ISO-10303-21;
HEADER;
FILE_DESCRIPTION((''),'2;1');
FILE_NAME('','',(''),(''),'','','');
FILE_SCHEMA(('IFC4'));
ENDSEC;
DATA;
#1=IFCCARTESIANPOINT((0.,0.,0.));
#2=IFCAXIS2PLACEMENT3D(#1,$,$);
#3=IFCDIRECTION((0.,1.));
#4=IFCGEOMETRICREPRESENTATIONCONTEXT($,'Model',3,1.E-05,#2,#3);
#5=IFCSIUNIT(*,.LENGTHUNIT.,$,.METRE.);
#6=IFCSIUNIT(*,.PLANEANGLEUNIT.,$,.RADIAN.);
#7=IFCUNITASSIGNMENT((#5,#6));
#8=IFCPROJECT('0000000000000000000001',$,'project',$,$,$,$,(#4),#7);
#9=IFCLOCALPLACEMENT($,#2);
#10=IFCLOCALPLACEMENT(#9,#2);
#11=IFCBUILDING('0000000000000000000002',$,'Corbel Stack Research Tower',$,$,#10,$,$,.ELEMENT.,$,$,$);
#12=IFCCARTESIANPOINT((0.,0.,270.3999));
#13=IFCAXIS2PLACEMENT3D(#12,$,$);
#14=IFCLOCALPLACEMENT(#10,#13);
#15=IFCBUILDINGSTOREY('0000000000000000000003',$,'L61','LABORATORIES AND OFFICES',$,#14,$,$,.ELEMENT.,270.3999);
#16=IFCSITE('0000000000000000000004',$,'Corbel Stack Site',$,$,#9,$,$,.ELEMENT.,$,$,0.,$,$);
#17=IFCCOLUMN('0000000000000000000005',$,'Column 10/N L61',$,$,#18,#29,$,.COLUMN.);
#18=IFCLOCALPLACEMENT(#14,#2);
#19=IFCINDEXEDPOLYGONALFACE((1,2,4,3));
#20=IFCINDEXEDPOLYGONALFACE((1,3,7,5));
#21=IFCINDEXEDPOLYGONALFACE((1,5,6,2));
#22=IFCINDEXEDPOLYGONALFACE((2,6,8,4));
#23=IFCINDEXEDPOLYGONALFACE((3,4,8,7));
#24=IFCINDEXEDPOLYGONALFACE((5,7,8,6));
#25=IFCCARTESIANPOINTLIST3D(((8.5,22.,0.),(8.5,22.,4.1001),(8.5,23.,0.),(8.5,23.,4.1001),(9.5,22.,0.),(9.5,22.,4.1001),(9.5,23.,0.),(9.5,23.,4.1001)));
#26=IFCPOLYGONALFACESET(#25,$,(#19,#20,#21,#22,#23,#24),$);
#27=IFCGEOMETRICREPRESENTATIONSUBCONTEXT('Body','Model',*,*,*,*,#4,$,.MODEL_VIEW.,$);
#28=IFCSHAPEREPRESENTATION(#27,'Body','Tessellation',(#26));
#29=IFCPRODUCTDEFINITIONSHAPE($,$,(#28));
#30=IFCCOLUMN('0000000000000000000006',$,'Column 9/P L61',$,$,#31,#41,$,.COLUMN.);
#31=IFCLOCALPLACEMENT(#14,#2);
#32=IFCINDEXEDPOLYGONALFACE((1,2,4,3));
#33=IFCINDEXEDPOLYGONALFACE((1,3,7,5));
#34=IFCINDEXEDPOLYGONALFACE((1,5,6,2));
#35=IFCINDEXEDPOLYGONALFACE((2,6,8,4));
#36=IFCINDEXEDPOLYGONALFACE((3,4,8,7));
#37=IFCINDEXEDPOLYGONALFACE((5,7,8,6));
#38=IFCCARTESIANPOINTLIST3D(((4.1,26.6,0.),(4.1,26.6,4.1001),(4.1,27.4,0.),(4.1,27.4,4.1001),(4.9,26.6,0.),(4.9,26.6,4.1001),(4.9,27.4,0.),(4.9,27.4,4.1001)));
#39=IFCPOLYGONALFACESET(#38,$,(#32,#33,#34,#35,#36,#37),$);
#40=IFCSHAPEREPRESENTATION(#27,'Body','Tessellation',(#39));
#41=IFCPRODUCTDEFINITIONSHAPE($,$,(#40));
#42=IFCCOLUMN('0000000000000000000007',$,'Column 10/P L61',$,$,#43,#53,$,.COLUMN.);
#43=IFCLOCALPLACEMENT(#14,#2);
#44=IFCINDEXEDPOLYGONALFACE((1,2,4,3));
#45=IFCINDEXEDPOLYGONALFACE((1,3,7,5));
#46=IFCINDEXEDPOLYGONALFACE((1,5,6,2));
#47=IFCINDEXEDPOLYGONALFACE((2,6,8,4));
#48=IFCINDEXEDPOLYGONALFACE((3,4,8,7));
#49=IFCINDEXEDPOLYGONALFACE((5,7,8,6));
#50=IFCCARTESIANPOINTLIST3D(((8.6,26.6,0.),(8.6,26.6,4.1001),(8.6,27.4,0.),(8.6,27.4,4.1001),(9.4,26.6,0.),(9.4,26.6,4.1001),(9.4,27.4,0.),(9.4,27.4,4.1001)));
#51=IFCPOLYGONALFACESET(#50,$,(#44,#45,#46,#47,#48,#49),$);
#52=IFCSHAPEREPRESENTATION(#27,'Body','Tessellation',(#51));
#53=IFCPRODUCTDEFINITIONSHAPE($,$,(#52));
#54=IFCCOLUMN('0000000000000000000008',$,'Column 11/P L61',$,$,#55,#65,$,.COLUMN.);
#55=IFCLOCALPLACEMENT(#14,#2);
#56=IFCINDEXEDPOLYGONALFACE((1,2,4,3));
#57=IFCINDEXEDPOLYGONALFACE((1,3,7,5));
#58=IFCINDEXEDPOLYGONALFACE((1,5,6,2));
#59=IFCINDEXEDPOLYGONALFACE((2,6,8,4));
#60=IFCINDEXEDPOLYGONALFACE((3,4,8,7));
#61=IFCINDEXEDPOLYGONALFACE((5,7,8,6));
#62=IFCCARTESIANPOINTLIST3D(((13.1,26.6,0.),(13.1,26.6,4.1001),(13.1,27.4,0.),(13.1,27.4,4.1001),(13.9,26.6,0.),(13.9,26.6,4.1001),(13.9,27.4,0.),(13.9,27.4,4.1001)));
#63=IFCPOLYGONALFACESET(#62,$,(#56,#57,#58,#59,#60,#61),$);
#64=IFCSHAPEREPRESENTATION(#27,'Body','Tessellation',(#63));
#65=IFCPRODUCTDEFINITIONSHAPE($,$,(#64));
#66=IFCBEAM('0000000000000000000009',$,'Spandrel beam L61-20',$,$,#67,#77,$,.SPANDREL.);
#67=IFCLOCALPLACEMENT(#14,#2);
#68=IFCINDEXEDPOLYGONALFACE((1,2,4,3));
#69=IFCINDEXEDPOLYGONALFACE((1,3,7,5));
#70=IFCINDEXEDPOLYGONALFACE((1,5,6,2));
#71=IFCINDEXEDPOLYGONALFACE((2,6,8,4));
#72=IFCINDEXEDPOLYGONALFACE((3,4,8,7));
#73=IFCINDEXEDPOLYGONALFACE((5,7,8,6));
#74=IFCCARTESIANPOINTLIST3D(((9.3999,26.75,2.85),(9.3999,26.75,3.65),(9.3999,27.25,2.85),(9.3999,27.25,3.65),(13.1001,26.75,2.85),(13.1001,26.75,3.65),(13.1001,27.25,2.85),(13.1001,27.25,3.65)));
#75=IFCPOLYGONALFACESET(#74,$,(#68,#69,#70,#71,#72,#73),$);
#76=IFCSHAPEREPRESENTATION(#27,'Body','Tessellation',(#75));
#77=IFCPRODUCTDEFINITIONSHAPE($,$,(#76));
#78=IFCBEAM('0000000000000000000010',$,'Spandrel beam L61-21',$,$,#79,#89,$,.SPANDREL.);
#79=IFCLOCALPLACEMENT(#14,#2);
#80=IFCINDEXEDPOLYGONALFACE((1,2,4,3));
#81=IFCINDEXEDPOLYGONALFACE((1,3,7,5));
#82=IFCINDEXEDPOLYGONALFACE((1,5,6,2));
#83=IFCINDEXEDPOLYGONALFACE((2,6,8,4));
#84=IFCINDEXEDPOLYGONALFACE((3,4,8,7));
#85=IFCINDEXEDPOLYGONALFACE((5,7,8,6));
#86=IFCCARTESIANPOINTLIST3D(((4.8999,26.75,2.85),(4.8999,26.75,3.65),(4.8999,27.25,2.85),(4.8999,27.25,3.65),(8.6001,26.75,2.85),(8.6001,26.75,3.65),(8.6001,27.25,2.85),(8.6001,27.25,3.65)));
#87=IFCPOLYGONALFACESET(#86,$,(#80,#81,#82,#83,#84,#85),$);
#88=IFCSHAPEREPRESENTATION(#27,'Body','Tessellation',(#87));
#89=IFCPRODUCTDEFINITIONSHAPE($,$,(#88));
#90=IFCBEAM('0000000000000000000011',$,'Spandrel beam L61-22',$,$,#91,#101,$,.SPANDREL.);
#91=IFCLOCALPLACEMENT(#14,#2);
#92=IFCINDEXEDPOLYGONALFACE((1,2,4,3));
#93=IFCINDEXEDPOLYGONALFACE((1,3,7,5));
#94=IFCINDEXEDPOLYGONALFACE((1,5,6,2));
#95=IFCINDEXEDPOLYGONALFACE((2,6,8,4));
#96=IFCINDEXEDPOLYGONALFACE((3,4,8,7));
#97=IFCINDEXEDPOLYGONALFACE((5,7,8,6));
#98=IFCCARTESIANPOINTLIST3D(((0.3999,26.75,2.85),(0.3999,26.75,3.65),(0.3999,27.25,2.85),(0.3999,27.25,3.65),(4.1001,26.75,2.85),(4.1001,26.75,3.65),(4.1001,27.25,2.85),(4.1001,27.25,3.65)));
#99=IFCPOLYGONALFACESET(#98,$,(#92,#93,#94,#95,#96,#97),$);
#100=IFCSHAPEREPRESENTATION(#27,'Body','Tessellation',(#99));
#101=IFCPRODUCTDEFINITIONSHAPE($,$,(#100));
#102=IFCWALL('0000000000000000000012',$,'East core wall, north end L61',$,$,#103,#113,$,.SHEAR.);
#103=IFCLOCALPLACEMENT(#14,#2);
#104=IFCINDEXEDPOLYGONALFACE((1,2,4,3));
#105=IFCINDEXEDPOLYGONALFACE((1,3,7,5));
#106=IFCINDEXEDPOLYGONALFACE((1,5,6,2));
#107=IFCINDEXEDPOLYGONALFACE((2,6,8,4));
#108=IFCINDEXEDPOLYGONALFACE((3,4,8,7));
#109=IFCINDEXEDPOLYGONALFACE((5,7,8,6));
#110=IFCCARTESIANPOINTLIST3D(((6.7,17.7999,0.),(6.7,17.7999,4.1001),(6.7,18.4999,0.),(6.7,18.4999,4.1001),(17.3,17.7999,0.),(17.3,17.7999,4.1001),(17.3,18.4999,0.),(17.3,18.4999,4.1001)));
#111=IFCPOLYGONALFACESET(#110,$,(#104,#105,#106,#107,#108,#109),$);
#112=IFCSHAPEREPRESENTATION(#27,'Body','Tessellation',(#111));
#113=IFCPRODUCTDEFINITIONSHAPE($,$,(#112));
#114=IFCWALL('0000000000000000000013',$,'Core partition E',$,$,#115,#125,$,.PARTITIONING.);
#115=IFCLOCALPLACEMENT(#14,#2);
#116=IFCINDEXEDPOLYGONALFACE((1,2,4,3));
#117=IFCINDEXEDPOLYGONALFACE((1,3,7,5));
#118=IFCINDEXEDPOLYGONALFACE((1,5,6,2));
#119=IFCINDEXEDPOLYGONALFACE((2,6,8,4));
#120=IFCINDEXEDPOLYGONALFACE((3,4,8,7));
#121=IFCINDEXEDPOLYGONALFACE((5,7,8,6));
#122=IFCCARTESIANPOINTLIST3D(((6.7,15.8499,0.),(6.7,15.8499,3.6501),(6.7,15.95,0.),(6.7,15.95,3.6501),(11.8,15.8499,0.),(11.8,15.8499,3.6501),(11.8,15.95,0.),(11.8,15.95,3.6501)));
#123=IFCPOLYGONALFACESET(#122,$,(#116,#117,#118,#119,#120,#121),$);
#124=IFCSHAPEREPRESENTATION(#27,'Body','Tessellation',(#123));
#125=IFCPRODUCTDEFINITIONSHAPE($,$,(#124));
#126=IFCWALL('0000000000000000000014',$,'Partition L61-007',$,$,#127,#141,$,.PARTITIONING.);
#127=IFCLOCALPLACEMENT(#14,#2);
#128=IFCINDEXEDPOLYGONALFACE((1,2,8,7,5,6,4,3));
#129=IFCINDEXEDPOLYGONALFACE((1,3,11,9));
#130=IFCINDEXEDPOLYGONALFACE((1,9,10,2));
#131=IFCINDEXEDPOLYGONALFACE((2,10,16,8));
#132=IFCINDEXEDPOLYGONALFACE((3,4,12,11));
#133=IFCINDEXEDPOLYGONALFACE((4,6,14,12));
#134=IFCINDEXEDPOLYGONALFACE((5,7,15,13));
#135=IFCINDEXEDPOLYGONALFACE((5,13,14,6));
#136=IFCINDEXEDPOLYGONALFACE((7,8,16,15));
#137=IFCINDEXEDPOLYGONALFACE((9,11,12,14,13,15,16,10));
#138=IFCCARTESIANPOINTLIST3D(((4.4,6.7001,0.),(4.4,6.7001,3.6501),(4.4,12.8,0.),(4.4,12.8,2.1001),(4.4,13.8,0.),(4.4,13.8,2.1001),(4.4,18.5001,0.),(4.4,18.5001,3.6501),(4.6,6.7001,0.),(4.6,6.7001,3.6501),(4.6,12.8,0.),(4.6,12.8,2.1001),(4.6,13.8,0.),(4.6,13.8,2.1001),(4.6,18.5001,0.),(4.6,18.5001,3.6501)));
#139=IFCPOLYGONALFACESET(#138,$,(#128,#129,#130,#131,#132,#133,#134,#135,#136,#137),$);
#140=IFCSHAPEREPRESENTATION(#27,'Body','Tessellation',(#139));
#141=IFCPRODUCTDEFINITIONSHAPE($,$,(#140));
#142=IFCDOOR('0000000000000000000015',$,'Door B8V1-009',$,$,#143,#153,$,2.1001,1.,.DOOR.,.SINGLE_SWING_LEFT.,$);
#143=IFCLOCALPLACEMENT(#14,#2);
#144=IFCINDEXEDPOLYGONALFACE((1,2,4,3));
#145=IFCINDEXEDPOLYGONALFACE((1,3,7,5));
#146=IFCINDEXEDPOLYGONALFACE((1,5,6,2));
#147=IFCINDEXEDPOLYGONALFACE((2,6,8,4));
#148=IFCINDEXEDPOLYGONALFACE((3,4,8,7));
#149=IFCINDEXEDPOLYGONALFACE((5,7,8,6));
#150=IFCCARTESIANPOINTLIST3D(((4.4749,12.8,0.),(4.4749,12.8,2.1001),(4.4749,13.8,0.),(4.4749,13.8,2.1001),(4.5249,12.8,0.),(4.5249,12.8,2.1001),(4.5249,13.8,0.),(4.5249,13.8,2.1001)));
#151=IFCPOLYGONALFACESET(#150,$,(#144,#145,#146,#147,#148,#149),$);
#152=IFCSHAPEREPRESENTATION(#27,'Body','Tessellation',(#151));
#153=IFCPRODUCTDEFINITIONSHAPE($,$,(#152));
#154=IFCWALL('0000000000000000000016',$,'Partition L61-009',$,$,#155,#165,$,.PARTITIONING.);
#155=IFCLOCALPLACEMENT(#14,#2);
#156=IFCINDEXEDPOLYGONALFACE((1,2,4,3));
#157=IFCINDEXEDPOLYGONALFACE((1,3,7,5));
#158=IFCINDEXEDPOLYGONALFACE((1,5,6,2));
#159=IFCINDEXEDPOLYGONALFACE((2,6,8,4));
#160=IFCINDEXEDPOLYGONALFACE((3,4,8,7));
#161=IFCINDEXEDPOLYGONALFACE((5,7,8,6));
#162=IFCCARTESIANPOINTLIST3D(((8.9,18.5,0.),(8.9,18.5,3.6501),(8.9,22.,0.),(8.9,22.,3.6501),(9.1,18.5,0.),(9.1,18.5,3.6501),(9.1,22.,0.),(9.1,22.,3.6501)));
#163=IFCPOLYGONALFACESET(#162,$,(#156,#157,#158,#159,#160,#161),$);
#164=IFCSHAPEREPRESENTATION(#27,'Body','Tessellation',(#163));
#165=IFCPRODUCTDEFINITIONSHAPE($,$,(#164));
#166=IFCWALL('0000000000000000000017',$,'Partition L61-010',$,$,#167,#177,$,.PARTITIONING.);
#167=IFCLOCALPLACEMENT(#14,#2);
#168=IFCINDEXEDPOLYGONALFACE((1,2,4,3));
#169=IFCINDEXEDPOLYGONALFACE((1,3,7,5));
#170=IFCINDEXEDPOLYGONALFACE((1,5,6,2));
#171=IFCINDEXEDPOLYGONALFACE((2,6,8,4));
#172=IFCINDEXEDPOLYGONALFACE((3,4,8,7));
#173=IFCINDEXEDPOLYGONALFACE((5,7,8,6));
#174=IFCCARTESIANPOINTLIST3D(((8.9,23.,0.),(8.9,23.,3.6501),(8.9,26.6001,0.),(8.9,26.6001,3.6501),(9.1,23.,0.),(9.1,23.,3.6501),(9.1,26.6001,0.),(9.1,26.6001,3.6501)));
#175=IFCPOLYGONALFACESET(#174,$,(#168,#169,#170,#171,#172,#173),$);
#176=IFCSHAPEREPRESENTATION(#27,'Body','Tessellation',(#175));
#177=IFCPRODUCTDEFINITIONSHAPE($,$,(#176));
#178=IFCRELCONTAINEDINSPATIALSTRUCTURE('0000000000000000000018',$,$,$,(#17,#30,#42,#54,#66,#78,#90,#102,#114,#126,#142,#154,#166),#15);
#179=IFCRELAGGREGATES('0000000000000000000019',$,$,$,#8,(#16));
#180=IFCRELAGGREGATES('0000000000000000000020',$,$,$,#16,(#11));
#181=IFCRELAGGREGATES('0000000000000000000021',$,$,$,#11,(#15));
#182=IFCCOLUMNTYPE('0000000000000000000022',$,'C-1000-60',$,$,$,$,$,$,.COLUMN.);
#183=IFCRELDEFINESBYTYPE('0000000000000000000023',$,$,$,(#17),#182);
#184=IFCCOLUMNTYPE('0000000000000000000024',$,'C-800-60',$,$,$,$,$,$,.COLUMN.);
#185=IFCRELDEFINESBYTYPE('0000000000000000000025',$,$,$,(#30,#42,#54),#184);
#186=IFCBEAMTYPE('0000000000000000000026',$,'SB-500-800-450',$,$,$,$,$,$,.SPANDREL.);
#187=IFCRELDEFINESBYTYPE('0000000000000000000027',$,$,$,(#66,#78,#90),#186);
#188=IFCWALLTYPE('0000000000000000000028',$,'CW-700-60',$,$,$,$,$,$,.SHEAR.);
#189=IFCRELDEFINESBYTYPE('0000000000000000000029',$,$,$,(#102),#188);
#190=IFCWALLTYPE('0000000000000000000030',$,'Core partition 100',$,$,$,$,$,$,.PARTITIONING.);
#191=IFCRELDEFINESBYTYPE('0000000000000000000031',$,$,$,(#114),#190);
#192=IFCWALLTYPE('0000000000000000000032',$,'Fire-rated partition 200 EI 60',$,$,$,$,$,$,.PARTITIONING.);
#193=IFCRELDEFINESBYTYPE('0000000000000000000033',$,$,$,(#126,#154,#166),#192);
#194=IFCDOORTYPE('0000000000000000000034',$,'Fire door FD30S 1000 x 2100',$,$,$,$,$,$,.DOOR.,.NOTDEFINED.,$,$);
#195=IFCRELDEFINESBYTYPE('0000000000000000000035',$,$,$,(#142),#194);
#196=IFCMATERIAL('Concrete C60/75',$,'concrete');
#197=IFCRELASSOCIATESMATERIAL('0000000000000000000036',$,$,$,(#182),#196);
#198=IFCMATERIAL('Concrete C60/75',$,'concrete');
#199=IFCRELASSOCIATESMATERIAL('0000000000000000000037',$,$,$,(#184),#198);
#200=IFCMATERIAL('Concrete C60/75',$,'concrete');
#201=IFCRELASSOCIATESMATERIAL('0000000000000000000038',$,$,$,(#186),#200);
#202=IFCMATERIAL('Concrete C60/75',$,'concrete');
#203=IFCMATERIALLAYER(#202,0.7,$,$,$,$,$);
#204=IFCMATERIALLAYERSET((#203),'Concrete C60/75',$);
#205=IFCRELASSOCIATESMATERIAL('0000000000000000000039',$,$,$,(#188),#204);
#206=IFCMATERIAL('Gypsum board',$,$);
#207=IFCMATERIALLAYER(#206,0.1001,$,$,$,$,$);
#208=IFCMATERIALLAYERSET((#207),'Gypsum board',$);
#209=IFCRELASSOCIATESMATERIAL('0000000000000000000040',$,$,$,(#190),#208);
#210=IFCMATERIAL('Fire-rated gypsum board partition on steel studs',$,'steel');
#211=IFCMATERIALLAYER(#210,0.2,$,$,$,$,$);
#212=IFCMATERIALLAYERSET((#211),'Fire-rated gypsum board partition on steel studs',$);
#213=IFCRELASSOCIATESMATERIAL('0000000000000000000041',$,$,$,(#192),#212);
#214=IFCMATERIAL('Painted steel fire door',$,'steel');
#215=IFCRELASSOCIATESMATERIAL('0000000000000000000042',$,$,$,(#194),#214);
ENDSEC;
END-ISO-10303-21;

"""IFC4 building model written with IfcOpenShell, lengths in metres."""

from ifc_helpers import new_model, si_unit, direction, frame, frame_2d, origin, origin_2d, place, context, subcontext, project, spatial, rectangle, extrude, material, layer, layer_set, material_profile, profile_set, type_object, element, fill, save


model = new_model("IFC4")

# Units and contexts
model_context = context("Model", 3, precision=1e-05, world=origin(), true_north=direction((0.0, 1.0)))
body_context = subcontext(model_context, "Body", "Model", "MODEL_VIEW")
ifc_project = project(units=[si_unit("LENGTHUNIT", "METRE"), si_unit("PLANEANGLEUNIT", "RADIAN")], contexts=[model_context])

# Site, building, storey
site_placement = place(None, origin())
site = spatial("IfcSite", under=ifc_project, at=site_placement, Name="Corbel Stack Site", CompositionType="ELEMENT", RefElevation=0.0)
building_placement = place(site_placement, origin())
building = spatial("IfcBuilding", under=site, at=building_placement, Name="Corbel Stack Research Tower", CompositionType="ELEMENT")
storey_placement = place(building_placement, frame((0.0, 0.0, 270.3999)))
storey = spatial("IfcBuildingStorey", under=building, at=storey_placement, Name="L61", Description="LABORATORIES AND OFFICES", CompositionType="ELEMENT", Elevation=270.3999)

# Columns
ifc_material_1 = material(Name="Concrete C60/75", Category="concrete")
ifc_material_profile_1 = material_profile(ifc_material_1, rectangle(XDim=1.0, YDim=1.0, at=origin_2d()), Name="RC 1000 x 1000")
ifc_profile_set_1 = profile_set([ifc_material_profile_1], Name="Concrete C60/75")
column_type_1 = type_object("IfcColumnType", Name="C-1000-60", PredefinedType="COLUMN", material=ifc_profile_set_1)
column_placement = place(storey_placement, frame((9.0, 22.5, 0.0), z_axis=(0.0, 0.0, 1.0), x_axis=(1.0, 0.0, 0.0)))
element("IfcColumn", 1, at=column_placement, inside=storey, type_object=column_type_1, Name="Column 10/N L61", PredefinedType="COLUMN", context=body_context, shape_type="SweptSolid", body=[
    extrude(rectangle(XDim=1.0, YDim=1.0, at=origin_2d()), origin(), (0.0, 0.0, 1.0), 4.1001),
])
ifc_material_2 = material(Name="Concrete C60/75", Category="concrete")
ifc_material_profile_2 = material_profile(ifc_material_2, rectangle(XDim=0.8, YDim=0.8, at=origin_2d()), Name="RC 800 x 800")
ifc_profile_set_2 = profile_set([ifc_material_profile_2], Name="Concrete C60/75")
column_type_2 = type_object("IfcColumnType", Name="C-800-60", PredefinedType="COLUMN", material=ifc_profile_set_2)
for number, where, z_axis, x_axis, name in (
    (2, (4.5, 27.0, 0.0), (0.0, 0.0, 1.0), (1.0, 0.0, 0.0), "Column 9/P L61"),
    (3, (9.0, 27.0, 0.0), (0.0, 0.0, 1.0), (1.0, 0.0, 0.0), "Column 10/P L61"),
    (4, (13.5, 27.0, 0.0), (0.0, 0.0, 1.0), (1.0, 0.0, 0.0), "Column 11/P L61"),
):
    element("IfcColumn", number, at=place(storey_placement, frame(where, z_axis=z_axis, x_axis=x_axis)), inside=storey, type_object=column_type_2, Name=name, PredefinedType="COLUMN", context=body_context, shape_type="SweptSolid", body=[
        extrude(rectangle(XDim=0.8, YDim=0.8, at=origin_2d()), origin(), (0.0, 0.0, 1.0), 4.1001),
    ])

# Beams
ifc_material_3 = material(Name="Concrete C60/75", Category="concrete")
ifc_material_profile_3 = material_profile(ifc_material_3, rectangle(XDim=0.5, YDim=0.8, at=origin_2d()), Name="RC 500 x 800")
ifc_profile_set_3 = profile_set([ifc_material_profile_3], Name="Concrete C60/75")
beam_type = type_object("IfcBeamType", Name="SB-500-800-450", PredefinedType="SPANDREL", material=ifc_profile_set_3)
for number, where, z_axis, x_axis, name in (
    (5, (13.1001, 27.0, 3.25), (-1.0, 0.0, 0.0), (0.0, -1.0, 0.0), "Spandrel beam L61-20"),
    (6, (8.6001, 27.0, 3.25), (-1.0, 0.0, 0.0), (0.0, -1.0, 0.0), "Spandrel beam L61-21"),
    (7, (4.1001, 27.0, 3.25), (-1.0, 0.0, 0.0), (0.0, -1.0, 0.0), "Spandrel beam L61-22"),
):
    element("IfcBeam", number, at=place(storey_placement, frame(where, z_axis=z_axis, x_axis=x_axis)), inside=storey, type_object=beam_type, Name=name, PredefinedType="SPANDREL", context=body_context, shape_type="SweptSolid", body=[
        extrude(rectangle(XDim=0.5, YDim=0.8, at=origin_2d()), origin(), (0.0, 0.0, 1.0), 3.7002),
    ])

# Walls
ifc_material_4 = material(Name="Concrete C60/75", Category="concrete")
ifc_layer_1 = layer(ifc_material_4, 0.7)
ifc_layer_set_1 = layer_set([ifc_layer_1], Name="Concrete C60/75")
wall_type_1 = type_object("IfcWallType", Name="CW-700-60", PredefinedType="SHEAR", material=ifc_layer_set_1)
wall_1_placement = place(storey_placement, frame((6.7, 18.1499, 0.0), z_axis=(0.0, 0.0, 1.0), x_axis=(1.0, 0.0, 0.0)))
element("IfcWall", 8, at=wall_1_placement, inside=storey, type_object=wall_type_1, Name="East core wall, north end L61", PredefinedType="SHEAR", context=body_context, shape_type="SweptSolid", body=[
    extrude(rectangle(XDim=10.6001, YDim=0.7, at=frame_2d((5.3, 0.0))), origin(), (0.0, 0.0, 1.0), 4.1001),
])
ifc_material_5 = material(Name="Gypsum board")
ifc_layer_2 = layer(ifc_material_5, 0.1001)
ifc_layer_set_2 = layer_set([ifc_layer_2], Name="Gypsum board")
wall_type_2 = type_object("IfcWallType", Name="Core partition 100", PredefinedType="PARTITIONING", material=ifc_layer_set_2)
wall_2_placement = place(storey_placement, frame((6.7, 15.8999, 0.0), z_axis=(0.0, 0.0, 1.0), x_axis=(1.0, 0.0, 0.0)))
element("IfcWall", 9, at=wall_2_placement, inside=storey, type_object=wall_type_2, Name="Core partition E", PredefinedType="PARTITIONING", context=body_context, shape_type="SweptSolid", body=[
    extrude(rectangle(XDim=5.1001, YDim=0.1001, at=frame_2d((2.55, 0.0))), origin(), (0.0, 0.0, 1.0), 3.6501),
])

# Wall, opening, door
ifc_material_6 = material(Name="Fire-rated gypsum board partition on steel studs", Category="steel")
ifc_layer_3 = layer(ifc_material_6, 0.2)
ifc_layer_set_3 = layer_set([ifc_layer_3], Name="Fire-rated gypsum board partition on steel studs")
wall_type_3 = type_object("IfcWallType", Name="Fire-rated partition 200 EI 60", PredefinedType="PARTITIONING", material=ifc_layer_set_3)
wall_3_placement = place(storey_placement, frame((4.5, 18.5, 0.0), z_axis=(0.0, 0.0, 1.0), x_axis=(0.0, -1.0, 0.0)))
wall_3 = element("IfcWall", 10, at=wall_3_placement, inside=storey, type_object=wall_type_3, Name="Partition L61-007", PredefinedType="PARTITIONING", context=body_context, shape_type="SweptSolid", body=[
    extrude(rectangle(XDim=11.8, YDim=0.2, at=frame_2d((5.8999, 0.0))), origin(), (0.0, 0.0, 1.0), 3.6501),
])
opening_1_placement = place(wall_3_placement, frame((4.7, 0.0, 0.0)))
opening_1 = element("IfcOpeningElement", 11, at=opening_1_placement, cuts=wall_3, PredefinedType="OPENING", context=body_context, shape_type="SweptSolid", body=[
    extrude(rectangle(XDim=1.0, YDim=2.1001, at=frame_2d((0.5, 1.05))), frame((0.0, 0.1099, 0.0), z_axis=(0.0, -1.0, 0.0), x_axis=(1.0, 0.0, 0.0)), (0.0, 0.0, 1.0), 0.22),
])
ifc_material_7 = material(Name="Painted steel fire door", Category="steel")
door_type_1 = type_object("IfcDoorType", Name="Fire door FD30S 1000 x 2100", OperationType="NOTDEFINED", PredefinedType="DOOR", material=ifc_material_7)
door_1_placement = place(opening_1_placement, origin())
door_1 = element("IfcDoor", 12, at=door_1_placement, inside=storey, type_object=door_type_1, Name="Door B8V1-009", OperationType="SINGLE_SWING_LEFT", OverallHeight=2.1001, OverallWidth=1.0, PredefinedType="DOOR", context=body_context, shape_type="SweptSolid", body=[
    extrude(rectangle(XDim=1.0, YDim=2.1001, at=frame_2d((0.5, 1.05))), frame((0.0, 0.0249, 0.0), z_axis=(0.0, -1.0, 0.0), x_axis=(1.0, 0.0, 0.0)), (0.0, 0.0, 1.0), 0.05),
])
fill(opening_1, door_1)

# Walls
wall_4_placement = place(storey_placement, frame((9.0, 18.5, 0.0), z_axis=(0.0, 0.0, 1.0), x_axis=(0.0, 1.0, 0.0)))
element("IfcWall", 13, at=wall_4_placement, inside=storey, type_object=wall_type_3, Name="Partition L61-009", PredefinedType="PARTITIONING", context=body_context, shape_type="SweptSolid", body=[
    extrude(rectangle(XDim=3.5, YDim=0.2, at=frame_2d((1.75, 0.0))), origin(), (0.0, 0.0, 1.0), 3.6501),
])
wall_5_placement = place(storey_placement, frame((9.0, 23.0, 0.0), z_axis=(0.0, 0.0, 1.0), x_axis=(0.0, 1.0, 0.0)))
element("IfcWall", 14, at=wall_5_placement, inside=storey, type_object=wall_type_3, Name="Partition L61-010", PredefinedType="PARTITIONING", context=body_context, shape_type="SweptSolid", body=[
    extrude(rectangle(XDim=3.6001, YDim=0.2, at=frame_2d((1.8, 0.0))), origin(), (0.0, 0.0, 1.0), 3.6501),
])

save(model, "model.ifc")
